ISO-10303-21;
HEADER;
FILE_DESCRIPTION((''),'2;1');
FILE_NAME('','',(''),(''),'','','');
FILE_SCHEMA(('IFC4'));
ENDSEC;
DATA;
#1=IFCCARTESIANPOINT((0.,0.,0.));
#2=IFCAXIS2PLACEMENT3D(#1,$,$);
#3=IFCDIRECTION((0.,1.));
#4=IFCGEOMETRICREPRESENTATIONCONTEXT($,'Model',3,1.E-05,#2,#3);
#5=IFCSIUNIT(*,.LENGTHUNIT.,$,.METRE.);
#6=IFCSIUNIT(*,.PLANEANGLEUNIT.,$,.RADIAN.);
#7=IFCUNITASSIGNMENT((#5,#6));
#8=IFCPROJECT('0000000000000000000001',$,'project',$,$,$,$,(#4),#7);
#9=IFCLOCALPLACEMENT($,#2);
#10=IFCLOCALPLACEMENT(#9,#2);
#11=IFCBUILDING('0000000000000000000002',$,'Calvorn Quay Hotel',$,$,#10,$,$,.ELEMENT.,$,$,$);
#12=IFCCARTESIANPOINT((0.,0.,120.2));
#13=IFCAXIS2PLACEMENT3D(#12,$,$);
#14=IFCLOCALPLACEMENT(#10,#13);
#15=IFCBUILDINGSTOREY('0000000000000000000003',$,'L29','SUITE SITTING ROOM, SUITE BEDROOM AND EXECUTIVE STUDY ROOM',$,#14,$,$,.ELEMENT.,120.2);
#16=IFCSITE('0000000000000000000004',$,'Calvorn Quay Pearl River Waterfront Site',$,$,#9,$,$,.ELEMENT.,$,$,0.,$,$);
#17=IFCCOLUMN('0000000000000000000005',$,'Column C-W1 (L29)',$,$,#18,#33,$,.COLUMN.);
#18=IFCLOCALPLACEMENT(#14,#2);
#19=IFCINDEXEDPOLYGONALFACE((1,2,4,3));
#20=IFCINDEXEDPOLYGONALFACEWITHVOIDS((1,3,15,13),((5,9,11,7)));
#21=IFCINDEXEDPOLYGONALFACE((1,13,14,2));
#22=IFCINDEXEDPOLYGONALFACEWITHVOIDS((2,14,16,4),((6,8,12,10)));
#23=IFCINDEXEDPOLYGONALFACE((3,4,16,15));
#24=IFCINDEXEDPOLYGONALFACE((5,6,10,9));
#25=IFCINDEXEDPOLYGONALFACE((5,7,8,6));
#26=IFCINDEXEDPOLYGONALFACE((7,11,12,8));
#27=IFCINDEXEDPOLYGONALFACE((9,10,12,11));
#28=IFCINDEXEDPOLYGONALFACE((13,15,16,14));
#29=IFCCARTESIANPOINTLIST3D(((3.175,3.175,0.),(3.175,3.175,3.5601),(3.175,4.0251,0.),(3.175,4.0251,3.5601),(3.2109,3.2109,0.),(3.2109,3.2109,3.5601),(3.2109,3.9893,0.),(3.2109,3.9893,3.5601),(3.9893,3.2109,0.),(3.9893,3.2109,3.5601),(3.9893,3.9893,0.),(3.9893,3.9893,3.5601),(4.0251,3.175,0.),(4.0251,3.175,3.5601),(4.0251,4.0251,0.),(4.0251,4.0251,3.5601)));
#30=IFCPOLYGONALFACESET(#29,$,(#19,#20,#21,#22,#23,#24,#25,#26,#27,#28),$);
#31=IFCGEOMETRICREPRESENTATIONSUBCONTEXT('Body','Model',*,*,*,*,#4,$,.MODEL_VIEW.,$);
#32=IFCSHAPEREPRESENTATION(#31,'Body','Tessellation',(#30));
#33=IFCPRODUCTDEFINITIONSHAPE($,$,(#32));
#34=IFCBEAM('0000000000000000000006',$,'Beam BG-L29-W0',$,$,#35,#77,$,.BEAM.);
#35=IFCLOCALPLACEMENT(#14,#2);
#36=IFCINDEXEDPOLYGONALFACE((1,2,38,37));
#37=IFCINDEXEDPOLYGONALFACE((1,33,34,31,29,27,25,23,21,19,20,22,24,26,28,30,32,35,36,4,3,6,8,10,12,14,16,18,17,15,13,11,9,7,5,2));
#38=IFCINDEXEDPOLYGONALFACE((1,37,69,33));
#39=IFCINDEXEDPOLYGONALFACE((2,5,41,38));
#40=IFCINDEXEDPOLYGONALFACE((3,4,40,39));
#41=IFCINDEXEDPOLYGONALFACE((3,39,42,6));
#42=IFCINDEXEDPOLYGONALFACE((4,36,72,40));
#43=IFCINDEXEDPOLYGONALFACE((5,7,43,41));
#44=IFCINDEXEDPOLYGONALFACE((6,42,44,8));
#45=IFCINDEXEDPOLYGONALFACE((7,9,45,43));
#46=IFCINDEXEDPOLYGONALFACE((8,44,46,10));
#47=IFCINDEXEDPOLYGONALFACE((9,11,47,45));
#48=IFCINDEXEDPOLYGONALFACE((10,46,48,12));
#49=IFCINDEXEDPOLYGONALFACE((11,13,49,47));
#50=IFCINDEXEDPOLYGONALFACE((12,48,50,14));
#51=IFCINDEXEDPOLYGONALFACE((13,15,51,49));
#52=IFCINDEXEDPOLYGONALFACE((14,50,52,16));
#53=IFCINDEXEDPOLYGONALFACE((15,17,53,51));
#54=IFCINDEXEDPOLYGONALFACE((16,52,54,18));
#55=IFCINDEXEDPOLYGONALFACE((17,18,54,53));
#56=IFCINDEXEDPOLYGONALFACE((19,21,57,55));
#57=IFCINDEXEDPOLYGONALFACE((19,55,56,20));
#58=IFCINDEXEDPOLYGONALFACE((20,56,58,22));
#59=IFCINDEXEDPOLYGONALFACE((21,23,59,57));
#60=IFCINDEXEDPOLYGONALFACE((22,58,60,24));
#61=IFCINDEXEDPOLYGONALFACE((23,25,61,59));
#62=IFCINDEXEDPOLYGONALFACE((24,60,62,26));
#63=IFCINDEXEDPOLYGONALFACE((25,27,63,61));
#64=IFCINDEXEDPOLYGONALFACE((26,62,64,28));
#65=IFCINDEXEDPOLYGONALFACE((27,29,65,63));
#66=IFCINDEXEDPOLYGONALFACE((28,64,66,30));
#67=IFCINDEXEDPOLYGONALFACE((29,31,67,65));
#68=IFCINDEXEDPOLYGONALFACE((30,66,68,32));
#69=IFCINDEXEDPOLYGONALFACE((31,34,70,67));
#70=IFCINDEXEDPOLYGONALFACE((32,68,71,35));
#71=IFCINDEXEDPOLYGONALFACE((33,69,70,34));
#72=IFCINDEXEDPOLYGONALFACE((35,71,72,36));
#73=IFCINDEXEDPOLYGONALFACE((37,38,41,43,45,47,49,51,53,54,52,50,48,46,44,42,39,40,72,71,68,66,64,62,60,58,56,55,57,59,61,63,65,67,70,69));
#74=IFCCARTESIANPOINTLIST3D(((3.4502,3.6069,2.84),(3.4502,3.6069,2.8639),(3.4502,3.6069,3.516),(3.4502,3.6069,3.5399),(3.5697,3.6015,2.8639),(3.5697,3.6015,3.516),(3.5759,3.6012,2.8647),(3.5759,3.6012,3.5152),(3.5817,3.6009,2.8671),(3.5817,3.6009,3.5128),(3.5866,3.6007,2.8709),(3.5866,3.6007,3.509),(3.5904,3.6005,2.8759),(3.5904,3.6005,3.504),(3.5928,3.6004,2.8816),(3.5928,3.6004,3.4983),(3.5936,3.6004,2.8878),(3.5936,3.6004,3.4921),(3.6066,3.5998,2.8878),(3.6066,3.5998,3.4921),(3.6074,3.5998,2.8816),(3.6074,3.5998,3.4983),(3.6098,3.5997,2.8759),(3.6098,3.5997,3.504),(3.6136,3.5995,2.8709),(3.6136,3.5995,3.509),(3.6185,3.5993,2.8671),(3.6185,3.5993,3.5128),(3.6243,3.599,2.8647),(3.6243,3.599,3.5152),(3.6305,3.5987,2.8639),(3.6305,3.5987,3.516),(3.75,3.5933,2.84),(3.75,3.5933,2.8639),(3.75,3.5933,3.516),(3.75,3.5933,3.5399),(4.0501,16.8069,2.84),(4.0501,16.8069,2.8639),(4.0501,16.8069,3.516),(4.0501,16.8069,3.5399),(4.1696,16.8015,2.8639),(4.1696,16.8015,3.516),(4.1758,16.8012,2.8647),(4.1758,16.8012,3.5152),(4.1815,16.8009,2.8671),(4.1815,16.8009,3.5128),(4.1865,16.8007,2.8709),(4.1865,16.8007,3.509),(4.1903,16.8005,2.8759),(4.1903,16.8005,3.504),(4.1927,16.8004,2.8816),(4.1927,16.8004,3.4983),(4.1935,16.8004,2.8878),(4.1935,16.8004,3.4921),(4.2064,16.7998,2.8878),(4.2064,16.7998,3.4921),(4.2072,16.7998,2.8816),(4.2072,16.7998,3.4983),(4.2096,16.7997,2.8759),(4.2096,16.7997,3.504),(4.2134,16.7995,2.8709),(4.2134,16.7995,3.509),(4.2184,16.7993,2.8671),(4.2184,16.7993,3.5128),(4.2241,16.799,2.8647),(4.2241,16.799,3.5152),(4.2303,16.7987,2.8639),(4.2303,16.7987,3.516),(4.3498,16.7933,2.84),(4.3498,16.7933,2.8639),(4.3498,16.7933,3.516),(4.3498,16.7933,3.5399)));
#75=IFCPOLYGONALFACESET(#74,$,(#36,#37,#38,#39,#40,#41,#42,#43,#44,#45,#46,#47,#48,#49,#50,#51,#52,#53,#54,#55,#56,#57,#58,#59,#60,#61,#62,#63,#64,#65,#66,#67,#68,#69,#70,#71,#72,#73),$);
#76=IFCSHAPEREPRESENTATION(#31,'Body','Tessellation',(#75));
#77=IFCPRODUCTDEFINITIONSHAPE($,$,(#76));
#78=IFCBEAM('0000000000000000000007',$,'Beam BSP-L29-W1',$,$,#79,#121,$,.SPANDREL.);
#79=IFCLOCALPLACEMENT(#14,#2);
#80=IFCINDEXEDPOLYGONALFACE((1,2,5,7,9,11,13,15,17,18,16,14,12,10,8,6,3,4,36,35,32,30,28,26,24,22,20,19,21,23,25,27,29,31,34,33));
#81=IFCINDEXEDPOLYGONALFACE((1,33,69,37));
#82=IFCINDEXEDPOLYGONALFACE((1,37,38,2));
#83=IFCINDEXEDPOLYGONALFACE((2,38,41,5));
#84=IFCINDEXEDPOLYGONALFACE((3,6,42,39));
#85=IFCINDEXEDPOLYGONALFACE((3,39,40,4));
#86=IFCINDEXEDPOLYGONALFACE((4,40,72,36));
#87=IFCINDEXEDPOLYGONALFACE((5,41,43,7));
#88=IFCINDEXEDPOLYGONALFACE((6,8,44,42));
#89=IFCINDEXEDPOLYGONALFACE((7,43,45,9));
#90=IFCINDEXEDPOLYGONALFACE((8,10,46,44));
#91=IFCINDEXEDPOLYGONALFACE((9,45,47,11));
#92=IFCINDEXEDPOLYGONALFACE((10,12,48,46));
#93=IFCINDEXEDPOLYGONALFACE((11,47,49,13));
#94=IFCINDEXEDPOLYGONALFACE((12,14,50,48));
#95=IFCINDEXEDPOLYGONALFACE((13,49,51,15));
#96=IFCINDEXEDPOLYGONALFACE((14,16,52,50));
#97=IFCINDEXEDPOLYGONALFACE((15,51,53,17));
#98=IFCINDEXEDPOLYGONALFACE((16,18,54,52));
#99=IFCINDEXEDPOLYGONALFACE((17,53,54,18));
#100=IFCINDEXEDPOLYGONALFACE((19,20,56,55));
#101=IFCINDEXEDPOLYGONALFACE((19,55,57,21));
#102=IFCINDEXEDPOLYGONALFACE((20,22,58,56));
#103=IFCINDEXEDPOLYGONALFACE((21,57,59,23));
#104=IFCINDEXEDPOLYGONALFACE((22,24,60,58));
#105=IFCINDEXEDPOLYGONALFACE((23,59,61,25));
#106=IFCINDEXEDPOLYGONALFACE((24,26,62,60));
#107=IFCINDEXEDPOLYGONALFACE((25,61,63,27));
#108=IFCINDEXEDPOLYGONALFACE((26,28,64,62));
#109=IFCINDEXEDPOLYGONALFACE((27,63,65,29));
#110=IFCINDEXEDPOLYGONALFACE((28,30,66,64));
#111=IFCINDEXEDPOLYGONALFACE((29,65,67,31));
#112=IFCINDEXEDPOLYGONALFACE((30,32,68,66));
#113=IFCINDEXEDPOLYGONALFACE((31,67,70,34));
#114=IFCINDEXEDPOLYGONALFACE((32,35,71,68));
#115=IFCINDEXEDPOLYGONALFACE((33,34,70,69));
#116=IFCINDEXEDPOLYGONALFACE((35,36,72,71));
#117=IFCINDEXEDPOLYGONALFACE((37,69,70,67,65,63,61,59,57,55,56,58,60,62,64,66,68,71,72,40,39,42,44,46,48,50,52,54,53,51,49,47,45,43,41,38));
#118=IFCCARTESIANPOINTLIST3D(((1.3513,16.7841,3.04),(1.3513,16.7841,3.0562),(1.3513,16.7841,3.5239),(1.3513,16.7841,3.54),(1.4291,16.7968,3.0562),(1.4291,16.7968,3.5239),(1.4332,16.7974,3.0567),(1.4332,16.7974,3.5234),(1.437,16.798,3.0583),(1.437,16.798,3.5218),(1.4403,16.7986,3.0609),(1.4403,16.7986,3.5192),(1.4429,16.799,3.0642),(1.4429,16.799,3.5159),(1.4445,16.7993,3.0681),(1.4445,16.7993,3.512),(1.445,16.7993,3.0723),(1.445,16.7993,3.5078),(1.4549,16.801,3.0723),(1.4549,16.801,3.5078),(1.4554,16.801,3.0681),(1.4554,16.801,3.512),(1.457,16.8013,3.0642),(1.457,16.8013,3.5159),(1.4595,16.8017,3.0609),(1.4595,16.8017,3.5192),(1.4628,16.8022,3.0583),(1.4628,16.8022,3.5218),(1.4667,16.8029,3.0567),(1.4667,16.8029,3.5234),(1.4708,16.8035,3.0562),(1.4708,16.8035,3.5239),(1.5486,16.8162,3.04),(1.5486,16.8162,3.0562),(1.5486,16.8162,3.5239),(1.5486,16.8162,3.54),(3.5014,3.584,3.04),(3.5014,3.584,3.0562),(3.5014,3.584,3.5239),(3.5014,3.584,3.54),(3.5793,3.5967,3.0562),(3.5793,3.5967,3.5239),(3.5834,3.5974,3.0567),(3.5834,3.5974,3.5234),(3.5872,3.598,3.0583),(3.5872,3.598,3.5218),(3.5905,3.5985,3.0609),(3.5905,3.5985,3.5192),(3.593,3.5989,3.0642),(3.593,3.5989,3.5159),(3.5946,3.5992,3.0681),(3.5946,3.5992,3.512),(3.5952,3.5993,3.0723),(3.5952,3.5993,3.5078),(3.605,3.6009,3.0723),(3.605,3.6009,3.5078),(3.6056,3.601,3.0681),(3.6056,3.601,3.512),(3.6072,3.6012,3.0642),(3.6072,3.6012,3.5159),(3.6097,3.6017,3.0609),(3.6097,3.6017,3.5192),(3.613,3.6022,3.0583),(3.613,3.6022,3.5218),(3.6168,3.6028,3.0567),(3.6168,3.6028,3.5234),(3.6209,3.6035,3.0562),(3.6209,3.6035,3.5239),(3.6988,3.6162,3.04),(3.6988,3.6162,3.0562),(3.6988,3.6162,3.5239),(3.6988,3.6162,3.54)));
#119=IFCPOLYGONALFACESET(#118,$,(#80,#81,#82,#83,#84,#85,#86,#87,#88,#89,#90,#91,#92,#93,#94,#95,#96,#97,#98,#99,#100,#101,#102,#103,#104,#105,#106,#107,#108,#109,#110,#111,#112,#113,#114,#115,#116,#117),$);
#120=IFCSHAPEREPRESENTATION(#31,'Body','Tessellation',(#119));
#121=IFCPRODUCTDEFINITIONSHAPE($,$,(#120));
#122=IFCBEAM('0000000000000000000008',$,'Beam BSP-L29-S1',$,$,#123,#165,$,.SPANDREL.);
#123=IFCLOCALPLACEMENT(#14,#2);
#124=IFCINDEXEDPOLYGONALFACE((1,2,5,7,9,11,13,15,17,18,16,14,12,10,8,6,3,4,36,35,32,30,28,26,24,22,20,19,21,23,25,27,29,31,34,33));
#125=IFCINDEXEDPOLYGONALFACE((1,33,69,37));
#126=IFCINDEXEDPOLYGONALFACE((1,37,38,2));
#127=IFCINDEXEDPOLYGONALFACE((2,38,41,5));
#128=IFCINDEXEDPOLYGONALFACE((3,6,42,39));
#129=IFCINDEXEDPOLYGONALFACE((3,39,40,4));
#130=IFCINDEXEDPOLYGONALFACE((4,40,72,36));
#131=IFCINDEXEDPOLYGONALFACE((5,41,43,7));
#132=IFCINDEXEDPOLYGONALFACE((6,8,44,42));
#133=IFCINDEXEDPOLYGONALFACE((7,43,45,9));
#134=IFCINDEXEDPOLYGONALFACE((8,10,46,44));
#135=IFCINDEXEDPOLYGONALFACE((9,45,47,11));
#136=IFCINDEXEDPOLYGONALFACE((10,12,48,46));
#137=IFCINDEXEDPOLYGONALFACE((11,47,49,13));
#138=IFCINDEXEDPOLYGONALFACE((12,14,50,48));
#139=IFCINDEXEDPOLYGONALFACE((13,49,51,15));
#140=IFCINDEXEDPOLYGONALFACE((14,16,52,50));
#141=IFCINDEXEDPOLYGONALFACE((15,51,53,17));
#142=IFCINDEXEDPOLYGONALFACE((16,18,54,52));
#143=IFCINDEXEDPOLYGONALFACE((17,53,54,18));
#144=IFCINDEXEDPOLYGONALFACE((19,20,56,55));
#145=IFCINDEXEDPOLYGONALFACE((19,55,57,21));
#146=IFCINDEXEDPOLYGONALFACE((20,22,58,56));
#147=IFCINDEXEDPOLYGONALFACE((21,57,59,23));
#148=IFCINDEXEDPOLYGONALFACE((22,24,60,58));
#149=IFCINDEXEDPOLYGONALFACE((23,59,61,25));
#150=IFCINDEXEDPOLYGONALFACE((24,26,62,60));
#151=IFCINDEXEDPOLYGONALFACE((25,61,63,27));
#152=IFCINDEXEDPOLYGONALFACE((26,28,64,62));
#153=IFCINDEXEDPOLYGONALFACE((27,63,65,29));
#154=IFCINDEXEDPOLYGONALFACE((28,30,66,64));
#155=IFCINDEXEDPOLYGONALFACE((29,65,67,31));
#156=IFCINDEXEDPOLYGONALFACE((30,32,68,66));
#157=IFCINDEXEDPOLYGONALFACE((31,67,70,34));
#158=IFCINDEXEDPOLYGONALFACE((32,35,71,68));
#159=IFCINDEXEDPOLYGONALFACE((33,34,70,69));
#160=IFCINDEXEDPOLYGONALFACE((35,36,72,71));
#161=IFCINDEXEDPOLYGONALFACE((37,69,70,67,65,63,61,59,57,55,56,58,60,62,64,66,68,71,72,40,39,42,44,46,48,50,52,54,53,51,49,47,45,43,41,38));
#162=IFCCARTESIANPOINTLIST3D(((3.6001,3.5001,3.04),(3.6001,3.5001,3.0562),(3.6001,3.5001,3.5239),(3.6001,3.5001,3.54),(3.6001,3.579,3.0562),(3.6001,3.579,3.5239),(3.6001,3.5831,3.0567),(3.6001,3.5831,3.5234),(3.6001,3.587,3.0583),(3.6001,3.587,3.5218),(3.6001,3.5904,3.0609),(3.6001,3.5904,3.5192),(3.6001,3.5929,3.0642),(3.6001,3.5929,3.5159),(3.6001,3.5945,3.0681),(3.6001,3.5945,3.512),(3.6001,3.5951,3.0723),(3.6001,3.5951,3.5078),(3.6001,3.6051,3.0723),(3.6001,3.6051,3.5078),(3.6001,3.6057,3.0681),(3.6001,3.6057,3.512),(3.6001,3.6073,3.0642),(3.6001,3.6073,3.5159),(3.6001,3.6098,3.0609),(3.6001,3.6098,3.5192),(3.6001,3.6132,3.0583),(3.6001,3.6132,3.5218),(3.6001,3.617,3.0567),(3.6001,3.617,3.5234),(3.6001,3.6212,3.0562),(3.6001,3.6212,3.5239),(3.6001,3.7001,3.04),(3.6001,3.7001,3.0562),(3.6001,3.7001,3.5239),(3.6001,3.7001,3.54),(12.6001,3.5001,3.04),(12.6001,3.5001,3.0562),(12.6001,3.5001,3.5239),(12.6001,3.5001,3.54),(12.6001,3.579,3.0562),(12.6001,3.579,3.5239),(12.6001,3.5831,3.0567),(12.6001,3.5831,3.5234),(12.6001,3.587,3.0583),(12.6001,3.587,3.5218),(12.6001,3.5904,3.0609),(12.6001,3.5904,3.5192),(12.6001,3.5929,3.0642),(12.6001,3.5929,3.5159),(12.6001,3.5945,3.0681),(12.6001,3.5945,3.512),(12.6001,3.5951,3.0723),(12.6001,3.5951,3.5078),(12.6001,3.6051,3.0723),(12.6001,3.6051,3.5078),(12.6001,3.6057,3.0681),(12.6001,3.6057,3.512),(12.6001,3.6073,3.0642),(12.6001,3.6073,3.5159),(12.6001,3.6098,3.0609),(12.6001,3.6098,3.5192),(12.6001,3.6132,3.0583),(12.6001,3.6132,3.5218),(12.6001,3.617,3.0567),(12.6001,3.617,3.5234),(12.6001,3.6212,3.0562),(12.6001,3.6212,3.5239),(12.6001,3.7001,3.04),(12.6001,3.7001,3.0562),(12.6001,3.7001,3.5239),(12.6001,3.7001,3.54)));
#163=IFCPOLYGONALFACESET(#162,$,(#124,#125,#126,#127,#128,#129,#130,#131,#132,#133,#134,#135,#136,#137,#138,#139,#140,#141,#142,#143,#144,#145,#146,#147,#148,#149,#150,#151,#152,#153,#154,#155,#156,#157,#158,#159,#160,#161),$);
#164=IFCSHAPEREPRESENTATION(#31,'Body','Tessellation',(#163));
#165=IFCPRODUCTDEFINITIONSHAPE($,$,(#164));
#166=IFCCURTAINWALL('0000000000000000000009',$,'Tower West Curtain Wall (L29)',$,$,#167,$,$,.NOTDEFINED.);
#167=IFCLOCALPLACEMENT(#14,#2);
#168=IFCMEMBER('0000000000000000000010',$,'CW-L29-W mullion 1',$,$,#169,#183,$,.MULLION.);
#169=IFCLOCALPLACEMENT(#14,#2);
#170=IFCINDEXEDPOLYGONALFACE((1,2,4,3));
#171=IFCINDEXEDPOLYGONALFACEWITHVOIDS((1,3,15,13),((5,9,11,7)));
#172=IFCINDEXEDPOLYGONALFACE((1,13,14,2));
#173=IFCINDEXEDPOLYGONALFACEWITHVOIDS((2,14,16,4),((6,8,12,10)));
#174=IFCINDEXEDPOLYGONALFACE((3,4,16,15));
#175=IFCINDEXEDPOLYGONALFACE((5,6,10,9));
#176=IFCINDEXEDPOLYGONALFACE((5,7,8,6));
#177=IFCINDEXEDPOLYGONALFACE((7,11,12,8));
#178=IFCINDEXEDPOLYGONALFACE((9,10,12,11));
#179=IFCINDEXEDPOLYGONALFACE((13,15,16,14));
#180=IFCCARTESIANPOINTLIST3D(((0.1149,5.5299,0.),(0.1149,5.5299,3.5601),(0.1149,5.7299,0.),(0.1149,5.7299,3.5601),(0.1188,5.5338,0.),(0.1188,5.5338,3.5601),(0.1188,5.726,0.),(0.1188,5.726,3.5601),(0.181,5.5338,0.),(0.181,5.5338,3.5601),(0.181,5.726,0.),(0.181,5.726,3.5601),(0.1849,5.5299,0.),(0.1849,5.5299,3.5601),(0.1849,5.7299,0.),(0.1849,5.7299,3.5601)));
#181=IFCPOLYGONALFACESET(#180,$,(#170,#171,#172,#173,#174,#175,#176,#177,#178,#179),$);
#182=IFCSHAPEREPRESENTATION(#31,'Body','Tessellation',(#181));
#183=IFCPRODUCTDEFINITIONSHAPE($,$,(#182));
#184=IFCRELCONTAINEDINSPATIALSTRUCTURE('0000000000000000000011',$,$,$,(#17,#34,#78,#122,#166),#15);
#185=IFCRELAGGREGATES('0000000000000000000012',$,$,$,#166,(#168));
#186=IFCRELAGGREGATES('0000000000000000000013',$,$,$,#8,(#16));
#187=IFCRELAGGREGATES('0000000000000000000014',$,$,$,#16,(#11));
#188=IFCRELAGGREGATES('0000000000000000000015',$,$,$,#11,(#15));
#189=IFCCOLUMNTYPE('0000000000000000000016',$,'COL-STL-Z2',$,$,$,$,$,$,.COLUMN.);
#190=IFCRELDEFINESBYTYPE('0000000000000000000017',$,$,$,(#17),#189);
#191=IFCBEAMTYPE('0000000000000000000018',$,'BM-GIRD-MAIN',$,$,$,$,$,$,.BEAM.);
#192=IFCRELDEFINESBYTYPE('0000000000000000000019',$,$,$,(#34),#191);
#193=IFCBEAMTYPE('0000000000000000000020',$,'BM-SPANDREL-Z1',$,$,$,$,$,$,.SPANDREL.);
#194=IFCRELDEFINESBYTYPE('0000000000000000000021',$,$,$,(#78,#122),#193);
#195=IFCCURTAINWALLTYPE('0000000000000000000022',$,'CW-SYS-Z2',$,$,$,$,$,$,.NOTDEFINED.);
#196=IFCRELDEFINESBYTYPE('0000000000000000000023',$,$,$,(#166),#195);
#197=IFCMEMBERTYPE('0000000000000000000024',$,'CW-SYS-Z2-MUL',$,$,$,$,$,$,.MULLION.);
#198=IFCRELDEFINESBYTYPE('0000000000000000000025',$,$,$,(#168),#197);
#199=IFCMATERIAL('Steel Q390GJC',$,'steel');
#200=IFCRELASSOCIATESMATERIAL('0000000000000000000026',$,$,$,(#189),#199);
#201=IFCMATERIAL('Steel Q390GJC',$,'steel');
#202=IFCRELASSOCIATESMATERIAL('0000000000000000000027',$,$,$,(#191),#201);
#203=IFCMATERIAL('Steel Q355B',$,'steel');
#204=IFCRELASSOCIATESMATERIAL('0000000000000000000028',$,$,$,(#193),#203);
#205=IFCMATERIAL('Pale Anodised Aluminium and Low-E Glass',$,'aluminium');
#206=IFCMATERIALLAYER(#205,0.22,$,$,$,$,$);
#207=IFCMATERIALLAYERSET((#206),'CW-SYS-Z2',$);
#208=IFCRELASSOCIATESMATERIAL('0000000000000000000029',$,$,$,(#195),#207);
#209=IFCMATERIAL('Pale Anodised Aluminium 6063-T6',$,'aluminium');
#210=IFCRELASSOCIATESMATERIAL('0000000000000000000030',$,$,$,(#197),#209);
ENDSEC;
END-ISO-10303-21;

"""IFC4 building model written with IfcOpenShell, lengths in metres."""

from ifc_helpers import new_model, si_unit, direction, frame, origin, origin_2d, place, context, subcontext, project, spatial, hollow_rectangle, i_section, extrude, material, layer, layer_set, material_profile, profile_set, type_object, element, aggregate, save


model = new_model("IFC4")

# Units and contexts
model_context = context("Model", 3, precision=1e-05, world=origin(), true_north=direction((0.0, 1.0)))
body_context = subcontext(model_context, "Body", "Model", "MODEL_VIEW")
ifc_project = project(units=[si_unit("LENGTHUNIT", "METRE"), si_unit("PLANEANGLEUNIT", "RADIAN")], contexts=[model_context])

# Site, building, storey
site_placement = place(None, origin())
site = spatial("IfcSite", under=ifc_project, at=site_placement, Name="Calvorn Quay Pearl River Waterfront Site", CompositionType="ELEMENT", RefElevation=0.0)
building_placement = place(site_placement, origin())
building = spatial("IfcBuilding", under=site, at=building_placement, Name="Calvorn Quay Hotel", CompositionType="ELEMENT")
storey_placement = place(building_placement, frame((0.0, 0.0, 120.2)))
storey = spatial("IfcBuildingStorey", under=building, at=storey_placement, Name="L29", Description="SUITE SITTING ROOM, SUITE BEDROOM AND EXECUTIVE STUDY ROOM", CompositionType="ELEMENT", Elevation=120.2)

# Column
ifc_material_1 = material(Name="Steel Q390GJC", Category="steel")
ifc_material_profile_1 = material_profile(ifc_material_1, hollow_rectangle(XDim=0.8501, YDim=0.8501, WallThickness=0.0359, at=origin_2d()), Name="BOX850x850x36")
ifc_profile_set_1 = profile_set([ifc_material_profile_1], Name="Steel Q390GJC")
column_type = type_object("IfcColumnType", Name="COL-STL-Z2", PredefinedType="COLUMN", material=ifc_profile_set_1)
column_placement = place(storey_placement, frame((3.6001, 3.6001, 0.0), z_axis=(0.0, 0.0, 1.0), x_axis=(1.0, 0.0, 0.0)))
element("IfcColumn", 1, at=column_placement, inside=storey, type_object=column_type, Name="Column C-W1 (L29)", PredefinedType="COLUMN", context=body_context, shape_type="SweptSolid", body=[
    extrude(hollow_rectangle(XDim=0.8501, YDim=0.8501, WallThickness=0.0359, at=origin_2d()), origin(), (0.0, 0.0, 1.0), 3.5601),
])

# Beams
ifc_material_2 = material(Name="Steel Q390GJC", Category="steel")
ifc_material_profile_2 = material_profile(ifc_material_2, i_section(OverallWidth=0.3, OverallDepth=0.7, WebThickness=0.0129, FlangeThickness=0.0239, FilletRadius=0.0239, at=origin_2d()), Name="HN700x300x13x24")
ifc_profile_set_2 = profile_set([ifc_material_profile_2], Name="Steel Q390GJC")
beam_type_1 = type_object("IfcBeamType", Name="BM-GIRD-MAIN", PredefinedType="BEAM", material=ifc_profile_set_2)
beam_1_placement = place(storey_placement, frame((3.6001, 3.6001, 3.1899), z_axis=(0.045397, 0.998969, 0.0), x_axis=(-0.998969, 0.045397, 0.0)))
element("IfcBeam", 2, at=beam_1_placement, inside=storey, type_object=beam_type_1, Name="Beam BG-L29-W0", PredefinedType="BEAM", context=body_context, shape_type="SweptSolid", body=[
    extrude(i_section(OverallWidth=0.3, OverallDepth=0.7, WebThickness=0.0129, FlangeThickness=0.0239, FilletRadius=0.0239, at=origin_2d()), origin(), (0.0, 0.0, 1.0), 13.2136),
])
ifc_material_3 = material(Name="Steel Q355B", Category="steel")
ifc_material_profile_3 = material_profile(ifc_material_3, i_section(OverallWidth=0.2, OverallDepth=0.5, WebThickness=0.01, FlangeThickness=0.0161, FilletRadius=0.0161, at=origin_2d()), Name="HN500x200x10x16")
ifc_profile_set_3 = profile_set([ifc_material_profile_3], Name="Steel Q355B")
beam_type_2 = type_object("IfcBeamType", Name="BM-SPANDREL-Z1", PredefinedType="SPANDREL", material=ifc_profile_set_3)
beam_2_placement = place(storey_placement, frame((3.6001, 3.6001, 3.29), z_axis=(-0.160772, 0.986992, 0.0), x_axis=(-0.986992, -0.160772, 0.0)))
element("IfcBeam", 3, at=beam_2_placement, inside=storey, type_object=beam_type_2, Name="Beam BSP-L29-W1", PredefinedType="SPANDREL", context=body_context, shape_type="SweptSolid", body=[
    extrude(i_section(OverallWidth=0.2, OverallDepth=0.5, WebThickness=0.01, FlangeThickness=0.0161, FilletRadius=0.0161, at=origin_2d()), origin(), (0.0, 0.0, 1.0), 13.374),
])
beam_3_placement = place(storey_placement, frame((3.6001, 3.6001, 3.29), z_axis=(1.0, 0.0, 0.0), x_axis=(0.0, 1.0, 0.0)))
element("IfcBeam", 4, at=beam_3_placement, inside=storey, type_object=beam_type_2, Name="Beam BSP-L29-S1", PredefinedType="SPANDREL", context=body_context, shape_type="SweptSolid", body=[
    extrude(i_section(OverallWidth=0.2, OverallDepth=0.5, WebThickness=0.01, FlangeThickness=0.0161, FilletRadius=0.0161, at=origin_2d()), origin(), (0.0, 0.0, 1.0), 9.0),
])

# Curtain wall, member
ifc_material_4 = material(Name="Pale Anodised Aluminium and Low-E Glass", Category="aluminium")
ifc_layer_1 = layer(ifc_material_4, 0.22)
ifc_layer_set_1 = layer_set([ifc_layer_1], Name="CW-SYS-Z2")
curtain_wall_type = type_object("IfcCurtainWallType", Name="CW-SYS-Z2", PredefinedType="NOTDEFINED", material=ifc_layer_set_1)
curtain_wall_placement = place(storey_placement, origin())
curtain_wall = element("IfcCurtainWall", 5, at=curtain_wall_placement, inside=storey, type_object=curtain_wall_type, Name="Tower West Curtain Wall (L29)", PredefinedType="NOTDEFINED")
ifc_material_5 = material(Name="Pale Anodised Aluminium 6063-T6", Category="aluminium")
ifc_material_profile_4 = material_profile(ifc_material_5, hollow_rectangle(XDim=0.0701, YDim=0.2, WallThickness=0.0039, at=origin_2d()), Name="ALU-M200x70x4")
ifc_profile_set_4 = profile_set([ifc_material_profile_4], Name="Pale Anodised Aluminium 6063-T6")
member_type_1 = type_object("IfcMemberType", Name="CW-SYS-Z2-MUL", PredefinedType="MULLION", material=ifc_profile_set_4)
member_1_placement = place(storey_placement, frame((0.1499, 5.6299, 0.0), z_axis=(0.0, 0.0, 1.0), x_axis=(-1.0, 0.0, 0.0)))
member_1 = element("IfcMember", 6, at=member_1_placement, type_object=member_type_1, Name="CW-L29-W mullion 1", PredefinedType="MULLION", context=body_context, shape_type="SweptSolid", body=[
    extrude(hollow_rectangle(XDim=0.0701, YDim=0.2, WallThickness=0.0039, at=origin_2d()), origin(), (0.0, 0.0, 1.0), 3.5601),
])
aggregate(curtain_wall, [member_1])

save(model, "model.ifc")
